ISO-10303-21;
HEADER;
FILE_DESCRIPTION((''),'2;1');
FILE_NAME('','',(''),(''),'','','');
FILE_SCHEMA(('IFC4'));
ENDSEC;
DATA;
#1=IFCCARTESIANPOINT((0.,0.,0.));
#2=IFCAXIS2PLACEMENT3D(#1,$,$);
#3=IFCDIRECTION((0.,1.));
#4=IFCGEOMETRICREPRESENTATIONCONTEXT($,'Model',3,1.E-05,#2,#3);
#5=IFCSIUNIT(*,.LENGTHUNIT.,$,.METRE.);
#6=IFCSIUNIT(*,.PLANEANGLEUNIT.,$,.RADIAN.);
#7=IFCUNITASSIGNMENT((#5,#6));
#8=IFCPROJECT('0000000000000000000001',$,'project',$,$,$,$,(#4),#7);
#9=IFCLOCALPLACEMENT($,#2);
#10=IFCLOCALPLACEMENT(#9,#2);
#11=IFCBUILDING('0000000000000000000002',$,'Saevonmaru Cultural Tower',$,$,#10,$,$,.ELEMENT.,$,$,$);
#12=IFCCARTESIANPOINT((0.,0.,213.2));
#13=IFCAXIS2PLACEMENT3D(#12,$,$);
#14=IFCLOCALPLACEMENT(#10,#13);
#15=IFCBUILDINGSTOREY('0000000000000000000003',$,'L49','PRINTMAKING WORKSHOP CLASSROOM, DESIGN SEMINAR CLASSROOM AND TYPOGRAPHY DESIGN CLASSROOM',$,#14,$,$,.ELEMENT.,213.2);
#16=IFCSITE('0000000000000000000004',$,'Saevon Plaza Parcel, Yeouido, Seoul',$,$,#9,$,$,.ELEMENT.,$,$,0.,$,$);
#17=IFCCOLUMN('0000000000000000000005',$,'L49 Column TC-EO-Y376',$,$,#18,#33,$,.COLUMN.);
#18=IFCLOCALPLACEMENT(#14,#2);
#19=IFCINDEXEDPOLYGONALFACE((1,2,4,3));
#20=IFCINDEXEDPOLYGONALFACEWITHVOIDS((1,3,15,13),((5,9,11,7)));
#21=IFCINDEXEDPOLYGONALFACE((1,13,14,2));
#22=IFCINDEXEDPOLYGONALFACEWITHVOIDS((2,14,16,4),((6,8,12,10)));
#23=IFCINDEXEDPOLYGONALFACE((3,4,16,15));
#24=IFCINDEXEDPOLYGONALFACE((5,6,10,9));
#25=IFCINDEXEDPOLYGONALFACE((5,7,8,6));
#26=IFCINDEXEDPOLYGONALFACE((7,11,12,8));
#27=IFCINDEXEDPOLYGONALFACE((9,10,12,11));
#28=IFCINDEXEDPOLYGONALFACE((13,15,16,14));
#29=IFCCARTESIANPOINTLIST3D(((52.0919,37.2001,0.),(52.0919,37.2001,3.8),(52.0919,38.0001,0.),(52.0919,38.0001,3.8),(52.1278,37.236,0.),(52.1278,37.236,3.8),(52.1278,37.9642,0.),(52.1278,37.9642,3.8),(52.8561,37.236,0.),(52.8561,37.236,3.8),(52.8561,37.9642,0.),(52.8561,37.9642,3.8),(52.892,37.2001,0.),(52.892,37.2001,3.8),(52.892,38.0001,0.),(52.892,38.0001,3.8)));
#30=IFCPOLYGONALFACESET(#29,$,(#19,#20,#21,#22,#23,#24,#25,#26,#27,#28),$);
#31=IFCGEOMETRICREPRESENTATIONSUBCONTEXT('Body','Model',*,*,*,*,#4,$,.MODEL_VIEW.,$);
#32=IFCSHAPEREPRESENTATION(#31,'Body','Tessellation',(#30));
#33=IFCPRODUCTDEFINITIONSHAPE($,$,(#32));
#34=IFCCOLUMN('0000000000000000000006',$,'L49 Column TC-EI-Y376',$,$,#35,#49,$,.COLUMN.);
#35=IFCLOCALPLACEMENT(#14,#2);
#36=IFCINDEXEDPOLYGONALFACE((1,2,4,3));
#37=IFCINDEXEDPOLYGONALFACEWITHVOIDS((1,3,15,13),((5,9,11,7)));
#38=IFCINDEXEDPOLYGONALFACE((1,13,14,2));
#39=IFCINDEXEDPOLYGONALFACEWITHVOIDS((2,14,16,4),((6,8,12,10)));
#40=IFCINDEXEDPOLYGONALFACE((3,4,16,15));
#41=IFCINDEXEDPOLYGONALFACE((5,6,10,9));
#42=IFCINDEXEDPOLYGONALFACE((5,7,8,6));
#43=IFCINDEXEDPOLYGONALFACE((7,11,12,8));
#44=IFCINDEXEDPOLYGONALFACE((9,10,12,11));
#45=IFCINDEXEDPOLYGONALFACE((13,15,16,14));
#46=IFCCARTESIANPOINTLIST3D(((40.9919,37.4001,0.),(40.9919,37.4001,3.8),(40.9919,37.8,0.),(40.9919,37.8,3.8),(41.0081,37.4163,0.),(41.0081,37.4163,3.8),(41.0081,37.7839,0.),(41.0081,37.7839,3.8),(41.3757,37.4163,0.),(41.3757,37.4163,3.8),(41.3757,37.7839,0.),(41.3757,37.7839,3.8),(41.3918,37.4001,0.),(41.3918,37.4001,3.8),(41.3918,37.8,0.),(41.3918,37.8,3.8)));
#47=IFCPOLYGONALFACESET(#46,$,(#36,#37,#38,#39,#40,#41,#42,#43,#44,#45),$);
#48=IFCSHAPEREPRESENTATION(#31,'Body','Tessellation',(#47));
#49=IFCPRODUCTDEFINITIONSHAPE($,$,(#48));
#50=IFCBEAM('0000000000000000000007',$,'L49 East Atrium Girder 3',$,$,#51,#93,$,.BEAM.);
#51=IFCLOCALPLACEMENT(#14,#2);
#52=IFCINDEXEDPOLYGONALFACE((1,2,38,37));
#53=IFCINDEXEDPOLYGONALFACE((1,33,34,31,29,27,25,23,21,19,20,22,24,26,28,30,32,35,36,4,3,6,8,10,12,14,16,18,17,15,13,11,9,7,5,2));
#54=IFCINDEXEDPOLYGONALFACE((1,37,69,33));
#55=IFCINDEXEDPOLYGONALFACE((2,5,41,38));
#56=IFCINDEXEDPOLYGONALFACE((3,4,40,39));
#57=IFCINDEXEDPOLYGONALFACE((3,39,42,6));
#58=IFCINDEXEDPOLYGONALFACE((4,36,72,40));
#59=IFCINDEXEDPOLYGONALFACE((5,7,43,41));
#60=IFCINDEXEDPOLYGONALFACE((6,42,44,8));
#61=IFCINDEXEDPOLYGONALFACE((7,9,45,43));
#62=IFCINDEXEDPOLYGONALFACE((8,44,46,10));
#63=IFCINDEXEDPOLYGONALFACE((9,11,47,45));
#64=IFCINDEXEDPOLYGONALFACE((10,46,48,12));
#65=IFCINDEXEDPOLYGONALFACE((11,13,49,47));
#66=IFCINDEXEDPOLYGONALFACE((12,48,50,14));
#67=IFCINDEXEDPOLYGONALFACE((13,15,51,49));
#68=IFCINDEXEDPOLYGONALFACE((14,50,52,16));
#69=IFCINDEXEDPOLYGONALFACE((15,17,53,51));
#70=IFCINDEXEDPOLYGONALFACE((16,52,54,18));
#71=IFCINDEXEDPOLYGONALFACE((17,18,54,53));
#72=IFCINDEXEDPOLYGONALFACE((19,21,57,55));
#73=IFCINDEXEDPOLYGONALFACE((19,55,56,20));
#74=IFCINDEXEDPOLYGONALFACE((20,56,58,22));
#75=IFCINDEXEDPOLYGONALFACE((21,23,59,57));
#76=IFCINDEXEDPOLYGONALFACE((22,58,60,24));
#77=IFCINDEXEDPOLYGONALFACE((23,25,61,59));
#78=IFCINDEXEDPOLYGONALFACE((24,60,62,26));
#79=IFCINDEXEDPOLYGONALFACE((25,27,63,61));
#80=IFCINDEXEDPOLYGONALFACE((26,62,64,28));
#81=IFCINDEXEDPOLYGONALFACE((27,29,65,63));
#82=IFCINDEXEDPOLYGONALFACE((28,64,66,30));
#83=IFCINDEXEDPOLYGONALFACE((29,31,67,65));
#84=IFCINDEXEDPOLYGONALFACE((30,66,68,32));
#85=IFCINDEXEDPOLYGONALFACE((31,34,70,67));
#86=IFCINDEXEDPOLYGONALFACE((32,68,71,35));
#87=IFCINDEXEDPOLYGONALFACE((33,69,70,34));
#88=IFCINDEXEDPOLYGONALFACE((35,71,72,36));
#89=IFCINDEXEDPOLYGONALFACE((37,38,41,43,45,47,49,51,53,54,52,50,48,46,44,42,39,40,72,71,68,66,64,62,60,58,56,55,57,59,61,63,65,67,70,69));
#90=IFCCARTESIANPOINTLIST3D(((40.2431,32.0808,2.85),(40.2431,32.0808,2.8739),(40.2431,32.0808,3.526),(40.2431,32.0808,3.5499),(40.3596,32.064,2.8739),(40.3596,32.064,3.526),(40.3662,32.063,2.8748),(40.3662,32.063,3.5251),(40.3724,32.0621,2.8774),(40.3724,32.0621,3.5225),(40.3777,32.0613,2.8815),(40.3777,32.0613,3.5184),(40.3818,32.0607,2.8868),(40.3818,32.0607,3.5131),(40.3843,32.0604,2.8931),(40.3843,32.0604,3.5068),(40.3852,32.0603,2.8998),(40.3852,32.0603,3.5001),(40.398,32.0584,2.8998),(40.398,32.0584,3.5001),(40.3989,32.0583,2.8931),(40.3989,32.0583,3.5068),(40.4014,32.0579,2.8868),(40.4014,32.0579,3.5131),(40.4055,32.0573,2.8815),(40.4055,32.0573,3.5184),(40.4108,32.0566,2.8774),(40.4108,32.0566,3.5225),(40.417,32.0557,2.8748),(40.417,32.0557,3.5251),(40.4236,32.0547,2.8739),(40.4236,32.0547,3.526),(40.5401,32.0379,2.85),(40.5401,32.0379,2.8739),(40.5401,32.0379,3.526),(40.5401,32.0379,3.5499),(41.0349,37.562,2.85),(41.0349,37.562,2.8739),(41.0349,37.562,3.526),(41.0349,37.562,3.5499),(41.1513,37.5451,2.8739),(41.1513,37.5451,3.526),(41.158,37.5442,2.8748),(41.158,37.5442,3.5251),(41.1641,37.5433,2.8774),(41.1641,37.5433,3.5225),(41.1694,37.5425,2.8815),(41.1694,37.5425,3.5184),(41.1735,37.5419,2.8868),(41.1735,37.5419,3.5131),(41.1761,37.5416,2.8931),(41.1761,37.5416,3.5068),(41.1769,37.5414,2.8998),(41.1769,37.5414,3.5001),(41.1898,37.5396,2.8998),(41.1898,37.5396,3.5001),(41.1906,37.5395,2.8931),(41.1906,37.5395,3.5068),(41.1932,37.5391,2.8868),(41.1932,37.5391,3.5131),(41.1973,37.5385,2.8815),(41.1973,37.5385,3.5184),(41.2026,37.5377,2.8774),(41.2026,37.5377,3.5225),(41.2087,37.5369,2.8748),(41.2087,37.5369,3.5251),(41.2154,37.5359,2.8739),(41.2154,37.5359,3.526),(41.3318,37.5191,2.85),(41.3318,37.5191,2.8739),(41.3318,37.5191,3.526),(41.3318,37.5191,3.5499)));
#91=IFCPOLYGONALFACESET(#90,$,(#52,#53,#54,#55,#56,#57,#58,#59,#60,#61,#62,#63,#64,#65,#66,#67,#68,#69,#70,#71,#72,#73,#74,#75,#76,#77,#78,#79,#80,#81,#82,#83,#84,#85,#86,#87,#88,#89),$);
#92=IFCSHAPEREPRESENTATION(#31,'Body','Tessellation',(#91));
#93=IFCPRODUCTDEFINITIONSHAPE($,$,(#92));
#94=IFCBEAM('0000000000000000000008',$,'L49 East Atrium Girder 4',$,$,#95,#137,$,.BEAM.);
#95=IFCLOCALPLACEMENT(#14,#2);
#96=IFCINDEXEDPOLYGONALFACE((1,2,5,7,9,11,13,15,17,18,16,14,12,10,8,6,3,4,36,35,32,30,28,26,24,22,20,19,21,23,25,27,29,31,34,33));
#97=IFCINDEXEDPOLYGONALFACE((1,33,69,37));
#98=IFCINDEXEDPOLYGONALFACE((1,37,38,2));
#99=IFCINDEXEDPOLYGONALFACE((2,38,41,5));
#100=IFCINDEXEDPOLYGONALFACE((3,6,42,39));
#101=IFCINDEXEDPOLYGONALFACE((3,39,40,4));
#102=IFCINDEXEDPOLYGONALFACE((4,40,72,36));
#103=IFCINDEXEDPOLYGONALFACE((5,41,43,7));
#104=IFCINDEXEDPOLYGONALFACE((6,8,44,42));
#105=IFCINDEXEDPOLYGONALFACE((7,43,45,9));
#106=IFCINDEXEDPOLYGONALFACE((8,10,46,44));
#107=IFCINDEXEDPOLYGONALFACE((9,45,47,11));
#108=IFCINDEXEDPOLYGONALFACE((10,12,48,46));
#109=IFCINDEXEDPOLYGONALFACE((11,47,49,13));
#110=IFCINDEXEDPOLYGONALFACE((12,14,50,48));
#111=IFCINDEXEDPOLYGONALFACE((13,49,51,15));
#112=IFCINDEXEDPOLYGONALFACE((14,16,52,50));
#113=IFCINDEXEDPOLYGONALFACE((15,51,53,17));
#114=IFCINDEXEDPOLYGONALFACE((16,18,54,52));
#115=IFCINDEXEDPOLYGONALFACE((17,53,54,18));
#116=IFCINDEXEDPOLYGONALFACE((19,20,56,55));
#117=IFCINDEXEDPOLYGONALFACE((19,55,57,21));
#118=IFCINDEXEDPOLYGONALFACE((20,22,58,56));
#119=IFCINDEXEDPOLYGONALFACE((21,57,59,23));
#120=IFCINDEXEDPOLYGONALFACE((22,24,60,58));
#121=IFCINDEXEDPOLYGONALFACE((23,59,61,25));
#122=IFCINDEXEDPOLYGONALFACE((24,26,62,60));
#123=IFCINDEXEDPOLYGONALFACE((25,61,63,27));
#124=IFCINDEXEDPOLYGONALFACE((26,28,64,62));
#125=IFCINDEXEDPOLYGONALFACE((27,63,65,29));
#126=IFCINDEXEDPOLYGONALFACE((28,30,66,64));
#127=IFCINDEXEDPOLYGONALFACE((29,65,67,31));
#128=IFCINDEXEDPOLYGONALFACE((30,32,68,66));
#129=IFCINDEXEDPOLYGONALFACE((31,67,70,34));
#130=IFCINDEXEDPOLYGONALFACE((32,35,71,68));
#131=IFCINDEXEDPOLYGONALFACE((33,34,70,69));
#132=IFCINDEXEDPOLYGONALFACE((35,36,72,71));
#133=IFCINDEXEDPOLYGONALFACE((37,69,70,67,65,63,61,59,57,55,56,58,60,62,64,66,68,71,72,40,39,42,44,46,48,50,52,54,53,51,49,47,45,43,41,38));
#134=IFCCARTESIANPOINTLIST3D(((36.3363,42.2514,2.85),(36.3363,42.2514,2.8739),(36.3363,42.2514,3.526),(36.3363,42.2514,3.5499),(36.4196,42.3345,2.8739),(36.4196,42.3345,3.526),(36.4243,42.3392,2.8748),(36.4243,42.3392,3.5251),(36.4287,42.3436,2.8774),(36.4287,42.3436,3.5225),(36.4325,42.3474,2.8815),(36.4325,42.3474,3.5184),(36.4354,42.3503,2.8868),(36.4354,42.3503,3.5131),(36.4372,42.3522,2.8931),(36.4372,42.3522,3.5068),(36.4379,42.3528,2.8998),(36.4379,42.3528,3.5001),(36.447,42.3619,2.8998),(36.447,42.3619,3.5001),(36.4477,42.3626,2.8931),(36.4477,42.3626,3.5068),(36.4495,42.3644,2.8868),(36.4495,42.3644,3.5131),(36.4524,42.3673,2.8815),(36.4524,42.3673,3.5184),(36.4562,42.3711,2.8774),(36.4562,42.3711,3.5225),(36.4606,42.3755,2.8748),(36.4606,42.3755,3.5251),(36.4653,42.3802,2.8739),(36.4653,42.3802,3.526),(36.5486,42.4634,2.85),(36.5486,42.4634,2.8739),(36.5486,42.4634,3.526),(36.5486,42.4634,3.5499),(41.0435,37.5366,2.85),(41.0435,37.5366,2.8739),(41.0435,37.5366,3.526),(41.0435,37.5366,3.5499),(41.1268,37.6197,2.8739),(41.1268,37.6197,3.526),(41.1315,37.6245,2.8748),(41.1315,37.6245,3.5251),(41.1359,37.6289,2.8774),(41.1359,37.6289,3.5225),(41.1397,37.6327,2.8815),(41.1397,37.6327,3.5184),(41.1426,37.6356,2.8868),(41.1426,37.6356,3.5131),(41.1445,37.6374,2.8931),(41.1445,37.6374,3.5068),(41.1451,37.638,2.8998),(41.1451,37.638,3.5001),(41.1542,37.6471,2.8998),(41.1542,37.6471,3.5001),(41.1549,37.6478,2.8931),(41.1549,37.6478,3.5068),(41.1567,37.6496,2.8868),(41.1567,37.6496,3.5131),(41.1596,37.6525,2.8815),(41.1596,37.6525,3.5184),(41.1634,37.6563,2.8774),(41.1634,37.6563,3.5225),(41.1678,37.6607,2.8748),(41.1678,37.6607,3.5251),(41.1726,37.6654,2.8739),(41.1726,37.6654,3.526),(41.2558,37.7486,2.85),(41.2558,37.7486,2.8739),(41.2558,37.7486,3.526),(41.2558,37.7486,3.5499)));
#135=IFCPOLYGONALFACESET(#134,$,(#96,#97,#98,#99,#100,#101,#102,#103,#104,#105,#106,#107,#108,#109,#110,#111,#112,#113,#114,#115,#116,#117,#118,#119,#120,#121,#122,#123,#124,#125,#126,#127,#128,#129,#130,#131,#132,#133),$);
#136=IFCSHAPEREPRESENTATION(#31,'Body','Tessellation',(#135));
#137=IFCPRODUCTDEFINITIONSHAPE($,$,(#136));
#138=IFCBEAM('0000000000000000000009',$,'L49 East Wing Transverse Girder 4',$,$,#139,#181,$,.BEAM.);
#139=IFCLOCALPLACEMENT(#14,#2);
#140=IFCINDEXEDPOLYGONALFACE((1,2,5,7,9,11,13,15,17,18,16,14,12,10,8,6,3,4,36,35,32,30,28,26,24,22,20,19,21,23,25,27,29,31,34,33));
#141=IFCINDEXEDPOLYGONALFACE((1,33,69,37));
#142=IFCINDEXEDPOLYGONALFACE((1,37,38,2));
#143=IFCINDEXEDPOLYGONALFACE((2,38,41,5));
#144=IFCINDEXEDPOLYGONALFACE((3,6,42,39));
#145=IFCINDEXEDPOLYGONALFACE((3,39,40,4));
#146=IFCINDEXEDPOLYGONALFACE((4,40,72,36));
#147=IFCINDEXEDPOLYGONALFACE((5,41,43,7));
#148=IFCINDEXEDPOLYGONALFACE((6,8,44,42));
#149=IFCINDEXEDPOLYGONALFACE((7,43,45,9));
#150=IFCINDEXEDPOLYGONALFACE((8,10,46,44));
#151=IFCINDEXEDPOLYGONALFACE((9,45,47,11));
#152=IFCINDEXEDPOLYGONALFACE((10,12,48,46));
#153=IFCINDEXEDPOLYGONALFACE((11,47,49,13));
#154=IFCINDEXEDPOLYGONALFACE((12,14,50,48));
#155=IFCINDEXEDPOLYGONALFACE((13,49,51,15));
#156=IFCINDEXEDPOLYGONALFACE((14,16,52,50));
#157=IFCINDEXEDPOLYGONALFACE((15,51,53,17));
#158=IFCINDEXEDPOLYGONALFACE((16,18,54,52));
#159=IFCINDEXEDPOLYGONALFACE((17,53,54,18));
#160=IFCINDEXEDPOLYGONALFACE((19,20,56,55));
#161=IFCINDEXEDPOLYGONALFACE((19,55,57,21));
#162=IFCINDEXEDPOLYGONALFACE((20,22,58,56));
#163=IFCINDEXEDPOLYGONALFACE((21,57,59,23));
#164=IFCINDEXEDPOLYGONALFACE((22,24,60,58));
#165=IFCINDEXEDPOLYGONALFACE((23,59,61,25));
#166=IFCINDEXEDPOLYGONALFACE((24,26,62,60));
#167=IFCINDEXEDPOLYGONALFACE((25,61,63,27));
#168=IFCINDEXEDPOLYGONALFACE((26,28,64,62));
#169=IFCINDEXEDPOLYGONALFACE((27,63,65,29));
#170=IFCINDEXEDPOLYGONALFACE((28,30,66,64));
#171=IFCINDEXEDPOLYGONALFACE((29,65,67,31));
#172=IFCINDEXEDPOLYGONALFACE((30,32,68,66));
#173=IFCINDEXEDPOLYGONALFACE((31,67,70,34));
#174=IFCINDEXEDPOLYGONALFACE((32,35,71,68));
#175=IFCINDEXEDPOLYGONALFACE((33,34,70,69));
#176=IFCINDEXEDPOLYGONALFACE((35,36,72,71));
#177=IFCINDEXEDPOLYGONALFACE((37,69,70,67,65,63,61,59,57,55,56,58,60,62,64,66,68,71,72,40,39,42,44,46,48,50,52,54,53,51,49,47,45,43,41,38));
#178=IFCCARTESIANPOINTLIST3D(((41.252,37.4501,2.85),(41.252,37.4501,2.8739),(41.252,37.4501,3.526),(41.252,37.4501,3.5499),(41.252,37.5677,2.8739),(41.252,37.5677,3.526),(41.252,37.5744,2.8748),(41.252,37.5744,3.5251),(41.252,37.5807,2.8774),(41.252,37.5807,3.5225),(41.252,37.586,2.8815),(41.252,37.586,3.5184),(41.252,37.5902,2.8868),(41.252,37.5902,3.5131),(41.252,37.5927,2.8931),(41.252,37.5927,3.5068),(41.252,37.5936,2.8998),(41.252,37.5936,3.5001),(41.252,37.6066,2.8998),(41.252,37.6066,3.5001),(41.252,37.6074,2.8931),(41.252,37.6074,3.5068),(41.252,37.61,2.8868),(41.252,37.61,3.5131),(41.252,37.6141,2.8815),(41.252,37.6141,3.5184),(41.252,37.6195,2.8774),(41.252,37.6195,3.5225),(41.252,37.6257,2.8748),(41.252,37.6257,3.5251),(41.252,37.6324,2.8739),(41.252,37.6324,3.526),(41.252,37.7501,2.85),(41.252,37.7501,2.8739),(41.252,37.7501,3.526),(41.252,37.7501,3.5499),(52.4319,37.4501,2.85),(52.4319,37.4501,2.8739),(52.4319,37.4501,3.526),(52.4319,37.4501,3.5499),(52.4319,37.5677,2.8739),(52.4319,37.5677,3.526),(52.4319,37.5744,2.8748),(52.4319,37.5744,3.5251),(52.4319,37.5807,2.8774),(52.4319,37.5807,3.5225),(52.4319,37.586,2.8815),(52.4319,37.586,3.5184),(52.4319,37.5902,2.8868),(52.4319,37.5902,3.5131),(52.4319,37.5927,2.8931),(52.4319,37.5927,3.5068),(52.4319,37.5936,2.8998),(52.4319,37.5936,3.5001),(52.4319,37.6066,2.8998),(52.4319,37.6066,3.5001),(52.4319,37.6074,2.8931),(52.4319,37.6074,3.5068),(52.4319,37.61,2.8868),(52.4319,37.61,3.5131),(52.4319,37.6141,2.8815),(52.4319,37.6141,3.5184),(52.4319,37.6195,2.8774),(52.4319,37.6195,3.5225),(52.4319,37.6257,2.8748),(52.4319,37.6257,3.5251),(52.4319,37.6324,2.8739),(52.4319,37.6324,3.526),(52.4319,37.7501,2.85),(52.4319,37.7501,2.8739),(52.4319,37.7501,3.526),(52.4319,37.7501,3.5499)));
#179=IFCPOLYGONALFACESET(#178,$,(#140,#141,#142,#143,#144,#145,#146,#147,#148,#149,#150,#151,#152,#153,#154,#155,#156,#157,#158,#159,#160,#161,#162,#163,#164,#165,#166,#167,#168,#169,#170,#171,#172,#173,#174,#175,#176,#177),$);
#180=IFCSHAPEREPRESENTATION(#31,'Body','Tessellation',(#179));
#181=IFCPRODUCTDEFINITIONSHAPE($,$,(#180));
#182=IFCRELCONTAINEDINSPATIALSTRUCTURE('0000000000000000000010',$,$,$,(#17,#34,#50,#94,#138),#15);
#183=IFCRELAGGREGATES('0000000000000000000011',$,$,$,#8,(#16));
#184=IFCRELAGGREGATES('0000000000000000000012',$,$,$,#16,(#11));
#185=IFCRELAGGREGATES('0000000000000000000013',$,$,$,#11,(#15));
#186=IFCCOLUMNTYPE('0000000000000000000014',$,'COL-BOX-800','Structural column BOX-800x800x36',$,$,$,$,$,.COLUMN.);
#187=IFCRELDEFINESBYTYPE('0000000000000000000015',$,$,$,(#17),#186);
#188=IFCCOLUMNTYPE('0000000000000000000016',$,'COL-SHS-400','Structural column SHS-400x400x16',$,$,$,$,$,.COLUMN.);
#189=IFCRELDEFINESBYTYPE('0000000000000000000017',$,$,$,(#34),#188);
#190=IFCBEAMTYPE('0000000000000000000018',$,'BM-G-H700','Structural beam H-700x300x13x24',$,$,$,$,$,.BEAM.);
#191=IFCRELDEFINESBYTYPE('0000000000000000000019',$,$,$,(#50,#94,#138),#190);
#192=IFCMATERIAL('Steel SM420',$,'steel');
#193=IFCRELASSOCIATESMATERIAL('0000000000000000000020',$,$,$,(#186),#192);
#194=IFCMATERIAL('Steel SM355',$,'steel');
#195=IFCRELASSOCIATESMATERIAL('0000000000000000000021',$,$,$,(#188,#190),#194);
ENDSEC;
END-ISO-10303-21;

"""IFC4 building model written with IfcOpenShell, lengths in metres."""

from ifc_helpers import new_model, si_unit, direction, frame, origin, origin_2d, place, context, subcontext, project, spatial, hollow_rectangle, i_section, extrude, material, material_profile, profile_set, type_object, element, save


model = new_model("IFC4")

# Units and contexts
model_context = context("Model", 3, precision=1e-05, world=origin(), true_north=direction((0.0, 1.0)))
body_context = subcontext(model_context, "Body", "Model", "MODEL_VIEW")
ifc_project = project(units=[si_unit("LENGTHUNIT", "METRE"), si_unit("PLANEANGLEUNIT", "RADIAN")], contexts=[model_context])

# Site, building, storey
site_placement = place(None, origin())
site = spatial("IfcSite", under=ifc_project, at=site_placement, Name="Saevon Plaza Parcel, Yeouido, Seoul", CompositionType="ELEMENT", RefElevation=0.0)
building_placement = place(site_placement, origin())
building = spatial("IfcBuilding", under=site, at=building_placement, Name="Saevonmaru Cultural Tower", CompositionType="ELEMENT")
storey_placement = place(building_placement, frame((0.0, 0.0, 213.2)))
storey = spatial("IfcBuildingStorey", under=building, at=storey_placement, Name="L49", Description="PRINTMAKING WORKSHOP CLASSROOM, DESIGN SEMINAR CLASSROOM AND TYPOGRAPHY DESIGN CLASSROOM", CompositionType="ELEMENT", Elevation=213.2)

# Columns
ifc_material_1 = material(Name="Steel SM420", Category="steel")
ifc_material_profile_1 = material_profile(ifc_material_1, hollow_rectangle(XDim=0.8, YDim=0.8, WallThickness=0.0359, at=origin_2d()), Name="BOX-800x800x36")
ifc_profile_set_1 = profile_set([ifc_material_profile_1], Name="Steel SM420")
column_type_1 = type_object("IfcColumnType", Name="COL-BOX-800", Description="Structural column BOX-800x800x36", PredefinedType="COLUMN", material=ifc_profile_set_1)
column_1_placement = place(storey_placement, frame((52.4919, 37.6001, 0.0), z_axis=(0.0, 0.0, 1.0), x_axis=(1.0, 0.0, 0.0)))
element("IfcColumn", 1, at=column_1_placement, inside=storey, type_object=column_type_1, Name="L49 Column TC-EO-Y376", PredefinedType="COLUMN", context=body_context, shape_type="SweptSolid", body=[
    extrude(hollow_rectangle(XDim=0.8, YDim=0.8, WallThickness=0.0359, at=origin_2d()), origin(), (0.0, 0.0, 1.0), 3.8),
])
ifc_material_2 = material(Name="Steel SM355", Category="steel")
ifc_material_profile_2 = material_profile(ifc_material_2, hollow_rectangle(XDim=0.3999, YDim=0.3999, WallThickness=0.0161, at=origin_2d()), Name="SHS-400x400x16")
ifc_profile_set_2 = profile_set([ifc_material_profile_2], Name="Steel SM355")
column_type_2 = type_object("IfcColumnType", Name="COL-SHS-400", Description="Structural column SHS-400x400x16", PredefinedType="COLUMN", material=ifc_profile_set_2)
column_2_placement = place(storey_placement, frame((41.1919, 37.6001, 0.0), z_axis=(0.0, 0.0, 1.0), x_axis=(1.0, 0.0, 0.0)))
element("IfcColumn", 2, at=column_2_placement, inside=storey, type_object=column_type_2, Name="L49 Column TC-EI-Y376", PredefinedType="COLUMN", context=body_context, shape_type="SweptSolid", body=[
    extrude(hollow_rectangle(XDim=0.3999, YDim=0.3999, WallThickness=0.0161, at=origin_2d()), origin(), (0.0, 0.0, 1.0), 3.8),
])

# Beams
ifc_material_profile_3 = material_profile(ifc_material_2, i_section(OverallWidth=0.3, OverallDepth=0.7, WebThickness=0.0129, FlangeThickness=0.0239, FilletRadius=0.0259, at=origin_2d()), Name="H-700x300x13x24")
ifc_profile_set_3 = profile_set([ifc_material_profile_3], Name="Steel SM355")
beam_type_1 = type_object("IfcBeamType", Name="BM-G-H700", Description="Structural beam H-700x300x13x24", PredefinedType="BEAM", material=ifc_profile_set_3)
beam_1_placement = place(storey_placement, frame((40.3916, 32.0593, 3.2), z_axis=(0.142964, 0.989728, 0.0), x_axis=(-0.989728, 0.142964, 0.0)))
element("IfcBeam", 3, at=beam_1_placement, inside=storey, type_object=beam_type_1, Name="L49 East Atrium Girder 3", PredefinedType="BEAM", context=body_context, shape_type="SweptSolid", body=[
    extrude(i_section(OverallWidth=0.3, OverallDepth=0.7, WebThickness=0.0129, FlangeThickness=0.0239, FilletRadius=0.0259, at=origin_2d()), origin(), (0.0, 0.0, 1.0), 5.5381),
])
beam_2_placement = place(storey_placement, frame((41.1497, 37.6426, 3.2), z_axis=(-0.706539, 0.707675, 0.0), x_axis=(-0.707675, -0.706539, 0.0)))
element("IfcBeam", 4, at=beam_2_placement, inside=storey, type_object=beam_type_1, Name="L49 East Atrium Girder 4", PredefinedType="BEAM", context=body_context, shape_type="SweptSolid", body=[
    extrude(i_section(OverallWidth=0.3, OverallDepth=0.7, WebThickness=0.0129, FlangeThickness=0.0239, FilletRadius=0.0259, at=origin_2d()), origin(), (0.0, 0.0, 1.0), 6.6624),
])
beam_3_placement = place(storey_placement, frame((41.252, 37.6001, 3.2), z_axis=(1.0, 0.0, 0.0), x_axis=(0.0, 1.0, 0.0)))
element("IfcBeam", 5, at=beam_3_placement, inside=storey, type_object=beam_type_1, Name="L49 East Wing Transverse Girder 4", PredefinedType="BEAM", context=body_context, shape_type="SweptSolid", body=[
    extrude(i_section(OverallWidth=0.3, OverallDepth=0.7, WebThickness=0.0129, FlangeThickness=0.0239, FilletRadius=0.0259, at=origin_2d()), origin(), (0.0, 0.0, 1.0), 11.1799),
])

save(model, "model.ifc")
